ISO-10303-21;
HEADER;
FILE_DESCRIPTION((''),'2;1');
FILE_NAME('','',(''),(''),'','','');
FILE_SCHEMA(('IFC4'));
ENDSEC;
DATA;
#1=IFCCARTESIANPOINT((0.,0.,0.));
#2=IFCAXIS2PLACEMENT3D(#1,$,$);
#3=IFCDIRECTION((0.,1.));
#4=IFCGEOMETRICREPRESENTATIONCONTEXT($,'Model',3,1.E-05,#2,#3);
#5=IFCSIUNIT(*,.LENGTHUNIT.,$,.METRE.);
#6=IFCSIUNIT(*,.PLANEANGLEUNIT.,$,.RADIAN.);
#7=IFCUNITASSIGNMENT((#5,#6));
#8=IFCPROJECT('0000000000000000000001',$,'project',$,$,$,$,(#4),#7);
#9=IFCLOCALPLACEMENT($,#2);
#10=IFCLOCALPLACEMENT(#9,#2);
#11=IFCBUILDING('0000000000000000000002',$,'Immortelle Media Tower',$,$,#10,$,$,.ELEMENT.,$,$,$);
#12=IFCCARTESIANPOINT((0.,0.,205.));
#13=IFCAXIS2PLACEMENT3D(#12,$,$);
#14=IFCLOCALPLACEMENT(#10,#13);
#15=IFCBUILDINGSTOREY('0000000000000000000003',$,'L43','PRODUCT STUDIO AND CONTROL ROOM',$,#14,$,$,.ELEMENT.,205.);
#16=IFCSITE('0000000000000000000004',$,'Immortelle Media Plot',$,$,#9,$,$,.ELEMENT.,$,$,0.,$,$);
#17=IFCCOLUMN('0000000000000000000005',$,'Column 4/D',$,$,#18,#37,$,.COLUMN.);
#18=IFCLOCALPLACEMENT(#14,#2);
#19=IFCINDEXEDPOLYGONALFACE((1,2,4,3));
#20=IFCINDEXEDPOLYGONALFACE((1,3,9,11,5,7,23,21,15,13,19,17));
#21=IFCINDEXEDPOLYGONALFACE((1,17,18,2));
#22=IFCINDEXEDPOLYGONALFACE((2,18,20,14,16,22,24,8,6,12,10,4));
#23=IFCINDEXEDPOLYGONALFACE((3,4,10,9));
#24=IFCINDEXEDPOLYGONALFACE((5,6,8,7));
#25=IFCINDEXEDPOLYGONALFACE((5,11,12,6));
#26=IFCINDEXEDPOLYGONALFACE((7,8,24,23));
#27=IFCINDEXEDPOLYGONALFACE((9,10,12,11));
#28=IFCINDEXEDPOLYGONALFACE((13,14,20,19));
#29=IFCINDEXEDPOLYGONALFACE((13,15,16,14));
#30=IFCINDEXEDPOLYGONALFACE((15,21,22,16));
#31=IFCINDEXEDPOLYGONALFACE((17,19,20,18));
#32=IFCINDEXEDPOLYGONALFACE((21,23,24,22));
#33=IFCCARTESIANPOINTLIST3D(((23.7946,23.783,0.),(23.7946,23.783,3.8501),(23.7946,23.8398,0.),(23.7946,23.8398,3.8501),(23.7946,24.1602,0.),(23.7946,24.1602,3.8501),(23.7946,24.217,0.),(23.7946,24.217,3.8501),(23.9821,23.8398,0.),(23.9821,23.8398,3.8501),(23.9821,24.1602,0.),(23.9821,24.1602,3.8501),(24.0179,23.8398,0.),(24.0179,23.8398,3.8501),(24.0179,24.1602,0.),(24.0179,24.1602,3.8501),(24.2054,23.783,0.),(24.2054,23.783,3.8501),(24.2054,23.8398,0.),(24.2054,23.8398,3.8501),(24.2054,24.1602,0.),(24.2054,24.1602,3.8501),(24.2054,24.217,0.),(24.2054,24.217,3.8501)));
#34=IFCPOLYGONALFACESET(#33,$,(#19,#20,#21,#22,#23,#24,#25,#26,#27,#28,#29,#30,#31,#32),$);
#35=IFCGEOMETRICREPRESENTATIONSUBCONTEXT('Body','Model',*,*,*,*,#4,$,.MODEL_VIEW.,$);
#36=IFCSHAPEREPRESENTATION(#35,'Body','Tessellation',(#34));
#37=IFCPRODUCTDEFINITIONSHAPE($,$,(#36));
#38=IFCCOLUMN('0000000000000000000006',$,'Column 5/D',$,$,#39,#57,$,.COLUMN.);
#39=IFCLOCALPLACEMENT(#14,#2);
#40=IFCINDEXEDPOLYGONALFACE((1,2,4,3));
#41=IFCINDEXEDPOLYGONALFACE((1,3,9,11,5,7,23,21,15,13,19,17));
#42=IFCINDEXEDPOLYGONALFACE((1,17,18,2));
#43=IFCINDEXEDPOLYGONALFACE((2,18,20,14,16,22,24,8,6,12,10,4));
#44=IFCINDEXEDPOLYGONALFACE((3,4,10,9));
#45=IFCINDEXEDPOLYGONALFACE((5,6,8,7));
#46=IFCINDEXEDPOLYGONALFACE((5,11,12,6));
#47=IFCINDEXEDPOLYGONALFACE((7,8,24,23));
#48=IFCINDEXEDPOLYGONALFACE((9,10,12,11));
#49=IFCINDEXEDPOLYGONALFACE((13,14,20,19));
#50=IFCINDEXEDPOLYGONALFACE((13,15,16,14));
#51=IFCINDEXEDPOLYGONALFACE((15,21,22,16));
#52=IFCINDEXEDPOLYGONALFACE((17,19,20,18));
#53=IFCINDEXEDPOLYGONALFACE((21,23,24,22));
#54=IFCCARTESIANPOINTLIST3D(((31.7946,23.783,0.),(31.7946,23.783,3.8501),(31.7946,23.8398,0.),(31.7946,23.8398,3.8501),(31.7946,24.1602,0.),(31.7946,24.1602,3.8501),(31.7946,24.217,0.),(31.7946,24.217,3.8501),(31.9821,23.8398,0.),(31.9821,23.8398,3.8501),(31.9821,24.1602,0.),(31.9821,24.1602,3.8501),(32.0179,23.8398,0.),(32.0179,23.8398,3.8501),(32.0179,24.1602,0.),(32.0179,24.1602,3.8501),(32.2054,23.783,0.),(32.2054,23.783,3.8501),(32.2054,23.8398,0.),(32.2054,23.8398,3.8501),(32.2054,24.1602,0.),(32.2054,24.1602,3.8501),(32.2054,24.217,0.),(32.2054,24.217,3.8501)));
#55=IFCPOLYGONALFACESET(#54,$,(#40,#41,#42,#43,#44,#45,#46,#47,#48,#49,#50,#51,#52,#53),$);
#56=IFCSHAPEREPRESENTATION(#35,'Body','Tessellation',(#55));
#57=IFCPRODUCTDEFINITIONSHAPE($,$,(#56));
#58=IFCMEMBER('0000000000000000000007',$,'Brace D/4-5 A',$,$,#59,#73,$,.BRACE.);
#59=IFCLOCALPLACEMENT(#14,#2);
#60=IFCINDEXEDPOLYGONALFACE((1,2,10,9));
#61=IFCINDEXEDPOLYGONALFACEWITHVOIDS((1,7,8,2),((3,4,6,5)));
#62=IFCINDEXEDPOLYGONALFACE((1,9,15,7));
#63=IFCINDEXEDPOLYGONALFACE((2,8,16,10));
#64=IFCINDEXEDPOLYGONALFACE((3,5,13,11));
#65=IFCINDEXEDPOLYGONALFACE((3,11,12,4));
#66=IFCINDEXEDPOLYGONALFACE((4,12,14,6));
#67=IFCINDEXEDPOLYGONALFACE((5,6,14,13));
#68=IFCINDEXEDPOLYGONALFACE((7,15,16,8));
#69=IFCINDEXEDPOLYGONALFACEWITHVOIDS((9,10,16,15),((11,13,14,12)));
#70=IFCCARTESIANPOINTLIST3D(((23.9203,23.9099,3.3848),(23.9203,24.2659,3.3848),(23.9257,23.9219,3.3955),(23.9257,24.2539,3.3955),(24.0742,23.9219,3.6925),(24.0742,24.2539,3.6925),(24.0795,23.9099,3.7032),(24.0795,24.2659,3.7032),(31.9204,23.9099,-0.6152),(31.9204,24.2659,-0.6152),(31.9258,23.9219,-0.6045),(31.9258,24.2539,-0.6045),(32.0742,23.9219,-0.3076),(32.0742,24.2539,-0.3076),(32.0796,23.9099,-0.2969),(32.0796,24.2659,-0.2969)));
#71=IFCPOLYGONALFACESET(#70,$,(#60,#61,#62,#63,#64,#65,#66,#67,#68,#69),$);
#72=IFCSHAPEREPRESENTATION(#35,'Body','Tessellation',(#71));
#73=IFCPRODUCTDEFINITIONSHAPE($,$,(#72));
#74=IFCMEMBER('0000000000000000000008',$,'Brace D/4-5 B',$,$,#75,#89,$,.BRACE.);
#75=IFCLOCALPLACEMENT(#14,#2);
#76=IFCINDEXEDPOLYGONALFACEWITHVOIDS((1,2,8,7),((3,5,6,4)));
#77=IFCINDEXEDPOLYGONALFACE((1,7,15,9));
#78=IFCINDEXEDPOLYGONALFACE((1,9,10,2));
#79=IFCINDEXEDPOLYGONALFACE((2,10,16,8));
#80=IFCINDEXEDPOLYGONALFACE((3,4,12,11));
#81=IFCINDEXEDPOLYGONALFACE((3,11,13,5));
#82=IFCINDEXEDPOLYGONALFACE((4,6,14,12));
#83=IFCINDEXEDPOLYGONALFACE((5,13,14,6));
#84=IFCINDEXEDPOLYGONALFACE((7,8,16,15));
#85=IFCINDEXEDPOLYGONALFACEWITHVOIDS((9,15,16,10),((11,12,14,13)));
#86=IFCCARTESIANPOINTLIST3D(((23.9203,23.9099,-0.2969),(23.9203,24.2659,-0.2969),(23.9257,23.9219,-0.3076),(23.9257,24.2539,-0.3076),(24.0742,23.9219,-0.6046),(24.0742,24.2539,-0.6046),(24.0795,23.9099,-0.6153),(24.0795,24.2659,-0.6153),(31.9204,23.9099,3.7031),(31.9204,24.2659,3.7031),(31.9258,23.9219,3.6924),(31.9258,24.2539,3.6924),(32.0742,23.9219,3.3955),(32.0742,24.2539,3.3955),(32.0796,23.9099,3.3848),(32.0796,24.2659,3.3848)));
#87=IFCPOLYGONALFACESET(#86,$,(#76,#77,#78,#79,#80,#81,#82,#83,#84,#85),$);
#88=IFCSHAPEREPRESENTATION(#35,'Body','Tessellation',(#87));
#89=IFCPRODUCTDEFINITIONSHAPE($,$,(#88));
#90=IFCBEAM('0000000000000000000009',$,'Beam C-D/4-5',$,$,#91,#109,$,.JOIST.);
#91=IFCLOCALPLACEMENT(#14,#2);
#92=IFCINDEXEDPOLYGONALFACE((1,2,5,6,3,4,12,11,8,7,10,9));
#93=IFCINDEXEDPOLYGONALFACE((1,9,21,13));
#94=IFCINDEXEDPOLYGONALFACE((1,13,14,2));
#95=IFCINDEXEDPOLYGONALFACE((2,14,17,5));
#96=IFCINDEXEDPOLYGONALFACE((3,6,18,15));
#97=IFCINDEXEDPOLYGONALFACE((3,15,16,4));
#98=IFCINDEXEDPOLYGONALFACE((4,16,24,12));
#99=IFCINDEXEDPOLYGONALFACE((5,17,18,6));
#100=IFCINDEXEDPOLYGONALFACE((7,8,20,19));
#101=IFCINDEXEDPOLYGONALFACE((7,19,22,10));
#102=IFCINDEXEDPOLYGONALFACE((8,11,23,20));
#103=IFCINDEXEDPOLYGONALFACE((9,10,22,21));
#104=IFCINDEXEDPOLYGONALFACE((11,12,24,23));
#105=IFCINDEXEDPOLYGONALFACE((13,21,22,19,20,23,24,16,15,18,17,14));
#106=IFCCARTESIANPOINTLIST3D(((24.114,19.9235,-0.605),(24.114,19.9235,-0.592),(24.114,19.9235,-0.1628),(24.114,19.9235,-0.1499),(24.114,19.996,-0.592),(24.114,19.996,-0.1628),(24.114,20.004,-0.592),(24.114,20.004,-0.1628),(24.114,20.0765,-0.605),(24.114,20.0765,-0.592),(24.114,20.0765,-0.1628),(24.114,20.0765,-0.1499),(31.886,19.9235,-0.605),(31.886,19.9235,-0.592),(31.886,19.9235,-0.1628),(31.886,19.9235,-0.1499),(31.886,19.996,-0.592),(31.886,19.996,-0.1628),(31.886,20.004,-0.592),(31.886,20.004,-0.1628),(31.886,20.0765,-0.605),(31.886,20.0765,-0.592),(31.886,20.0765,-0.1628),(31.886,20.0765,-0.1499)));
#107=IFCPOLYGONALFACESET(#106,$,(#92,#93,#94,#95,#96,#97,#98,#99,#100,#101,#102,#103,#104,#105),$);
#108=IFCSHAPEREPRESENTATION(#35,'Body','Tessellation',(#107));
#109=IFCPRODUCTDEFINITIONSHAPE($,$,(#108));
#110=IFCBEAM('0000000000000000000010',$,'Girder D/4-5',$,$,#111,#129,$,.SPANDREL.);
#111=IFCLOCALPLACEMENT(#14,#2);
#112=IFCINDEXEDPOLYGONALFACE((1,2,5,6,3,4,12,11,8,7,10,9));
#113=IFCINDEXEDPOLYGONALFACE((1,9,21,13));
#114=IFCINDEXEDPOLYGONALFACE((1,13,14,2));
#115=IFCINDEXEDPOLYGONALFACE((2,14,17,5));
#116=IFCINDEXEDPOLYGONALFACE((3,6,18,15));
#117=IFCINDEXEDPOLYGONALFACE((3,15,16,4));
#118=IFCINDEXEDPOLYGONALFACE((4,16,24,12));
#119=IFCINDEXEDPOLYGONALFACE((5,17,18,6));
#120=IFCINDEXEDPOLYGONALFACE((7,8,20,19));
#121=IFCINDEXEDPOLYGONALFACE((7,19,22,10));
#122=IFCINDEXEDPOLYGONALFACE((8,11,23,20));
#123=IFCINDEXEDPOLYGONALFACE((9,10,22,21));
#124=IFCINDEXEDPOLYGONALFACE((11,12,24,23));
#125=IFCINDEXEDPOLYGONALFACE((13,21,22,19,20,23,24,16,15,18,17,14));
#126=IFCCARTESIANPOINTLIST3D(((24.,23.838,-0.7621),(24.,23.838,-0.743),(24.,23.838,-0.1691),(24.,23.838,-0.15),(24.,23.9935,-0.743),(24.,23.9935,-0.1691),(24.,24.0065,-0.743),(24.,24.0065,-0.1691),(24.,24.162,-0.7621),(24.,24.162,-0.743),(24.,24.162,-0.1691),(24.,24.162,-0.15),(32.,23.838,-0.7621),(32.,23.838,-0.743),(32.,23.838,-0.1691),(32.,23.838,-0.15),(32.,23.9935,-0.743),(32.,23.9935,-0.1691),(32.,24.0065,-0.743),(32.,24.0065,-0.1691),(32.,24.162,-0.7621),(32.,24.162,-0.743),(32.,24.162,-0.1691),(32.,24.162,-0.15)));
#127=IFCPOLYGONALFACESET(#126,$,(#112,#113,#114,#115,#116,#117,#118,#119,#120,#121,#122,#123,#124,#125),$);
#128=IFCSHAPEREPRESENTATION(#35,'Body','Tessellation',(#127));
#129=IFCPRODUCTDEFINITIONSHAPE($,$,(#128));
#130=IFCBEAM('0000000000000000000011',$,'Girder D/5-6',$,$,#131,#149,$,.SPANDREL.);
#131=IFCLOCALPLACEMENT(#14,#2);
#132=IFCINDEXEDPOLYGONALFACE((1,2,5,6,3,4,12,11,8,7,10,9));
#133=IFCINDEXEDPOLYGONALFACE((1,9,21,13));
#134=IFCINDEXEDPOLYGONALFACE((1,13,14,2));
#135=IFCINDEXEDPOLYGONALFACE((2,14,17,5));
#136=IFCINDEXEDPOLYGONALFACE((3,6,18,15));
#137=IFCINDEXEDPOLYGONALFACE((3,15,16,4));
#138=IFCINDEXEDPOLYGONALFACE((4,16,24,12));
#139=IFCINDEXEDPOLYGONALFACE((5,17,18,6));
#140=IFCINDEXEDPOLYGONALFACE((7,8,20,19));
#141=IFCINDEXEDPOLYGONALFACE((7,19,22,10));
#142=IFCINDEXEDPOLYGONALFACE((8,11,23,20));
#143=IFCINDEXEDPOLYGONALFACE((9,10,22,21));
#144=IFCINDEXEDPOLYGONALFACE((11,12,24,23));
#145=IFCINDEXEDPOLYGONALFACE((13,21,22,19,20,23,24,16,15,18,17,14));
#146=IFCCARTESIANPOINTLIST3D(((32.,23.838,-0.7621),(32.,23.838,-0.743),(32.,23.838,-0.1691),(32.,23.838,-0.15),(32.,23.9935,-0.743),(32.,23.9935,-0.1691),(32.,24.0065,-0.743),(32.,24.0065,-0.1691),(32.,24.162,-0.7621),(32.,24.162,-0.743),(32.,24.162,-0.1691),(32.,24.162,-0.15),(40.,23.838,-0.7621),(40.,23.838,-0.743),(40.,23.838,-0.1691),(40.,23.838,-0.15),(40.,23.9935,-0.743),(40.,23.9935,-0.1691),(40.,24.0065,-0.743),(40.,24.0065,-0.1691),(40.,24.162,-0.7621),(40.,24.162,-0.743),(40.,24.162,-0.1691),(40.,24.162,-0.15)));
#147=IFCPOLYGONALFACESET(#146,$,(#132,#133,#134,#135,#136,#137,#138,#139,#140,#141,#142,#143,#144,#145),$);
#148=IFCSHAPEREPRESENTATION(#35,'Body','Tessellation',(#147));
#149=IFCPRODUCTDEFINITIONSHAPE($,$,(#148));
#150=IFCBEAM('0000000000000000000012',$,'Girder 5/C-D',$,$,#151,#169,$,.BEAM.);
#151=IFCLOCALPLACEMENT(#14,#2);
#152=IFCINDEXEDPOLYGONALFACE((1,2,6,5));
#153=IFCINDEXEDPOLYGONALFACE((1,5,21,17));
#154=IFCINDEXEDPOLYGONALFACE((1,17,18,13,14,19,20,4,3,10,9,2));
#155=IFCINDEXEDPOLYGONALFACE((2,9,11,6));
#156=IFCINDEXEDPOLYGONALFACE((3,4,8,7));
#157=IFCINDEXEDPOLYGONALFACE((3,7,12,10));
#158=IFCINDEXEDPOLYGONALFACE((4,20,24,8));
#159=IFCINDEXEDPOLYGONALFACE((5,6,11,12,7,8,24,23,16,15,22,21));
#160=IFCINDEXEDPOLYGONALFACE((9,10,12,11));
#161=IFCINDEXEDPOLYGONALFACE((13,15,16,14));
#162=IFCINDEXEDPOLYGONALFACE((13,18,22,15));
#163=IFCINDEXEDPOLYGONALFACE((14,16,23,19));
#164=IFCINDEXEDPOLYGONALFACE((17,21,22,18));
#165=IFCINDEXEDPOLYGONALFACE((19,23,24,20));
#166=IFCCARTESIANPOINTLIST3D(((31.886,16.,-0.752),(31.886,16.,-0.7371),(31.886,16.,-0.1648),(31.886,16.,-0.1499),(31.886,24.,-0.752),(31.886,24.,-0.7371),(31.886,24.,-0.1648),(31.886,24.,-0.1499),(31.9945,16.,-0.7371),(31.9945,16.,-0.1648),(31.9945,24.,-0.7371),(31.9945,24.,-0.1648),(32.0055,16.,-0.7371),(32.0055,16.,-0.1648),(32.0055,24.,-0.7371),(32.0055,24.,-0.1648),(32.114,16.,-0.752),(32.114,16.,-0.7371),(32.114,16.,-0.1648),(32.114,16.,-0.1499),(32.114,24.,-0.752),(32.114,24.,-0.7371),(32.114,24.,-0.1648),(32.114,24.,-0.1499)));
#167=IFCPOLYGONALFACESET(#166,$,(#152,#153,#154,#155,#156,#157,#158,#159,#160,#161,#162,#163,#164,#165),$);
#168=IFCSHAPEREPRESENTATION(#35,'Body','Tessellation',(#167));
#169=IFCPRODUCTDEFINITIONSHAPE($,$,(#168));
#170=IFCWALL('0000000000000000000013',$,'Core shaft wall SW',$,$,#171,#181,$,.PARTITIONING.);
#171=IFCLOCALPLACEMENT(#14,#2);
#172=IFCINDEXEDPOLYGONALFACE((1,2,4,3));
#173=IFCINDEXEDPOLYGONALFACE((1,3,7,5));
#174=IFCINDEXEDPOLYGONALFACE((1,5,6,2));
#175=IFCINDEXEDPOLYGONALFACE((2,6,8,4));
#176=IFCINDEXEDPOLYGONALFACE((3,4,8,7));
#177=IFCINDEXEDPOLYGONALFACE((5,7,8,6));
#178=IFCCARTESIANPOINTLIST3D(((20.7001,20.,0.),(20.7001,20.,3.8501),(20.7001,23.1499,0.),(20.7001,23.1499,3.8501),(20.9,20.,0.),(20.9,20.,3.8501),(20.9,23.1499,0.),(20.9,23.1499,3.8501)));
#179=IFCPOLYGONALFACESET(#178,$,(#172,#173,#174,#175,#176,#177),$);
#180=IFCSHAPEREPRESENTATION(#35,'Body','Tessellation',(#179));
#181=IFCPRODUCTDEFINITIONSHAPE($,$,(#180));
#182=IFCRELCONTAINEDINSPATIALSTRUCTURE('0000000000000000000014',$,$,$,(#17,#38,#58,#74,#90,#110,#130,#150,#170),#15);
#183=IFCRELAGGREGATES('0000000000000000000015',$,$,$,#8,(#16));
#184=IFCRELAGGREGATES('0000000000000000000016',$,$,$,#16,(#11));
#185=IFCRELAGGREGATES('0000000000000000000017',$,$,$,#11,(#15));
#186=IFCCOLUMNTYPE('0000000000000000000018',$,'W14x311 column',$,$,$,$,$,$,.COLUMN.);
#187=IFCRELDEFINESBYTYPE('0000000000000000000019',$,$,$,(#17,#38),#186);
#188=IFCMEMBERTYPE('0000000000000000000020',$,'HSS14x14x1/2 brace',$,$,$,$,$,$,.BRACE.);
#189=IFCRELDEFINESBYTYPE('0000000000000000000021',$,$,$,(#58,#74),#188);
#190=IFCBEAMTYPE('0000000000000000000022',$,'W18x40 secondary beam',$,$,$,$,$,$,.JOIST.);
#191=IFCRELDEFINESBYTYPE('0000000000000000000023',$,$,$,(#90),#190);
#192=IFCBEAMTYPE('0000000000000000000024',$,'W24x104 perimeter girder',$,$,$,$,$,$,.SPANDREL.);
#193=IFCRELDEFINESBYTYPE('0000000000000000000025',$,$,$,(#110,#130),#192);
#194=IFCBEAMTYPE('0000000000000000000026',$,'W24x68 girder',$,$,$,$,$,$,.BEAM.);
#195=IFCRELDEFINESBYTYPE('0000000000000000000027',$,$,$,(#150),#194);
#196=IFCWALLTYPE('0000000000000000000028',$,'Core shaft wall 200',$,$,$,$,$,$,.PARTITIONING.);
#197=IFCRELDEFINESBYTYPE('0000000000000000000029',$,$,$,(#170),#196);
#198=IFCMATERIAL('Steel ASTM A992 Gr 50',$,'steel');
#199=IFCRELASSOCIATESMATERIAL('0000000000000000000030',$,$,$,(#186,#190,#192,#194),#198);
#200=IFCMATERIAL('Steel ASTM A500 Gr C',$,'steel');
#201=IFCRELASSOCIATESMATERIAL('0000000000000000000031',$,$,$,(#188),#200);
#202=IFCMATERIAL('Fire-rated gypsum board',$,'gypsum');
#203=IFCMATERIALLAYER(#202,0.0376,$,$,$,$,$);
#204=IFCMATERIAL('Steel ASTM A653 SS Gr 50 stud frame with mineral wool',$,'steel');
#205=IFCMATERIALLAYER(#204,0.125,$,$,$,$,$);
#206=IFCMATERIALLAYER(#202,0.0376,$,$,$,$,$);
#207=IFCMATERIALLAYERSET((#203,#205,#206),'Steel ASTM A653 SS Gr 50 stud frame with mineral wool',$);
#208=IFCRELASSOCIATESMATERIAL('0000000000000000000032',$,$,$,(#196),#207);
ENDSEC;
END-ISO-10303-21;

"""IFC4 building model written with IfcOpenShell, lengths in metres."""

from ifc_helpers import new_model, si_unit, direction, frame, frame_2d, origin, origin_2d, place, context, subcontext, project, spatial, rectangle, hollow_rectangle, i_section, extrude, material, layer, layer_set, material_profile, profile_set, type_object, element, save


model = new_model("IFC4")

# Units and contexts
model_context = context("Model", 3, precision=1e-05, world=origin(), true_north=direction((0.0, 1.0)))
body_context = subcontext(model_context, "Body", "Model", "MODEL_VIEW")
ifc_project = project(units=[si_unit("LENGTHUNIT", "METRE"), si_unit("PLANEANGLEUNIT", "RADIAN")], contexts=[model_context])

# Site, building, storey
site_placement = place(None, origin())
site = spatial("IfcSite", under=ifc_project, at=site_placement, Name="Immortelle Media Plot", CompositionType="ELEMENT", RefElevation=0.0)
building_placement = place(site_placement, origin())
building = spatial("IfcBuilding", under=site, at=building_placement, Name="Immortelle Media Tower", CompositionType="ELEMENT")
storey_placement = place(building_placement, frame((0.0, 0.0, 205.0)))
storey = spatial("IfcBuildingStorey", under=building, at=storey_placement, Name="L43", Description="PRODUCT STUDIO AND CONTROL ROOM", CompositionType="ELEMENT", Elevation=205.0)

# Columns
ifc_material_1 = material(Name="Steel ASTM A992 Gr 50", Category="steel")
ifc_material_profile_1 = material_profile(ifc_material_1, i_section(OverallWidth=0.4109, OverallDepth=0.4341, WebThickness=0.0359, FlangeThickness=0.0569, at=origin_2d()), Name="W14x311")
ifc_profile_set_1 = profile_set([ifc_material_profile_1], Name="Steel ASTM A992 Gr 50")
column_type = type_object("IfcColumnType", Name="W14x311 column", PredefinedType="COLUMN", material=ifc_profile_set_1)
for number, where, z_axis, x_axis, name in (
    (1, (24.0, 24.0, 0.0), (0.0, 0.0, 1.0), (1.0, 0.0, 0.0), "Column 4/D"),
    (2, (32.0, 24.0, 0.0), (0.0, 0.0, 1.0), (1.0, 0.0, 0.0), "Column 5/D"),
):
    element("IfcColumn", number, at=place(storey_placement, frame(where, z_axis=z_axis, x_axis=x_axis)), inside=storey, type_object=column_type, Name=name, PredefinedType="COLUMN", context=body_context, shape_type="SweptSolid", body=[
        extrude(i_section(OverallWidth=0.4109, OverallDepth=0.4341, WebThickness=0.0359, FlangeThickness=0.0569, at=origin_2d()), origin(), (0.0, 0.0, 1.0), 3.8501),
    ])

# Members
ifc_material_2 = material(Name="Steel ASTM A500 Gr C", Category="steel")
ifc_material_profile_2 = material_profile(ifc_material_2, hollow_rectangle(XDim=0.356, YDim=0.356, WallThickness=0.012, at=origin_2d()), Name="HSS14x14x1/2 brace")
ifc_profile_set_2 = profile_set([ifc_material_profile_2], Name="Steel ASTM A500 Gr C")
member_type = type_object("IfcMemberType", Name="HSS14x14x1/2 brace", PredefinedType="BRACE", material=ifc_profile_set_2)
for number, where, z_axis, x_axis, name in (
    (3, (32.0, 24.0879, -0.4561), (-0.894427, 0.0, 0.447214), (0.0, -1.0, 0.0), "Brace D/4-5 A"),
    (4, (32.0, 24.0879, 3.5439), (-0.894427, 0.0, -0.447214), (0.0, -1.0, 0.0), "Brace D/4-5 B"),
):
    element("IfcMember", number, at=place(storey_placement, frame(where, z_axis=z_axis, x_axis=x_axis)), inside=storey, type_object=member_type, Name=name, PredefinedType="BRACE", context=body_context, shape_type="SweptSolid", body=[
        extrude(hollow_rectangle(XDim=0.356, YDim=0.356, WallThickness=0.012, at=origin_2d()), origin(), (0.0, 0.0, 1.0), 8.9443),
    ])

# Beams
ifc_material_profile_3 = material_profile(ifc_material_1, i_section(OverallWidth=0.1531, OverallDepth=0.4551, WebThickness=0.0081, FlangeThickness=0.0129, at=origin_2d()), Name="W18x40")
ifc_profile_set_3 = profile_set([ifc_material_profile_3], Name="Steel ASTM A992 Gr 50")
beam_type_1 = type_object("IfcBeamType", Name="W18x40 secondary beam", PredefinedType="JOIST", material=ifc_profile_set_3)
beam_1_placement = place(storey_placement, frame((24.114, 20.0, -0.3774), z_axis=(1.0, 0.0, 0.0), x_axis=(0.0, 1.0, 0.0)))
element("IfcBeam", 5, at=beam_1_placement, inside=storey, type_object=beam_type_1, Name="Beam C-D/4-5", PredefinedType="JOIST", context=body_context, shape_type="SweptSolid", body=[
    extrude(i_section(OverallWidth=0.1531, OverallDepth=0.4551, WebThickness=0.0081, FlangeThickness=0.0129, at=origin_2d()), origin(), (0.0, 0.0, 1.0), 7.772),
])
ifc_material_profile_4 = material_profile(ifc_material_1, i_section(OverallWidth=0.324, OverallDepth=0.6121, WebThickness=0.0129, FlangeThickness=0.019, at=origin_2d()), Name="W24x104")
ifc_profile_set_4 = profile_set([ifc_material_profile_4], Name="Steel ASTM A992 Gr 50")
beam_type_2 = type_object("IfcBeamType", Name="W24x104 perimeter girder", PredefinedType="SPANDREL", material=ifc_profile_set_4)
for number, where, z_axis, x_axis, name in (
    (6, (24.0, 24.0, -0.4561), (1.0, 0.0, 0.0), (0.0, 1.0, 0.0), "Girder D/4-5"),
    (7, (32.0, 24.0, -0.4561), (1.0, 0.0, 0.0), (0.0, 1.0, 0.0), "Girder D/5-6"),
):
    element("IfcBeam", number, at=place(storey_placement, frame(where, z_axis=z_axis, x_axis=x_axis)), inside=storey, type_object=beam_type_2, Name=name, PredefinedType="SPANDREL", context=body_context, shape_type="SweptSolid", body=[
        extrude(i_section(OverallWidth=0.324, OverallDepth=0.6121, WebThickness=0.0129, FlangeThickness=0.019, at=origin_2d()), origin(), (0.0, 0.0, 1.0), 8.0),
    ])
ifc_material_profile_5 = material_profile(ifc_material_1, i_section(OverallWidth=0.228, OverallDepth=0.6021, WebThickness=0.011, FlangeThickness=0.0149, at=origin_2d()), Name="W24x68")
ifc_profile_set_5 = profile_set([ifc_material_profile_5], Name="Steel ASTM A992 Gr 50")
beam_type_3 = type_object("IfcBeamType", Name="W24x68 girder", PredefinedType="BEAM", material=ifc_profile_set_5)
beam_2_placement = place(storey_placement, frame((32.0, 16.0, -0.4509), z_axis=(0.0, 1.0, 0.0), x_axis=(-1.0, 0.0, 0.0)))
element("IfcBeam", 8, at=beam_2_placement, inside=storey, type_object=beam_type_3, Name="Girder 5/C-D", PredefinedType="BEAM", context=body_context, shape_type="SweptSolid", body=[
    extrude(i_section(OverallWidth=0.228, OverallDepth=0.6021, WebThickness=0.011, FlangeThickness=0.0149, at=origin_2d()), origin(), (0.0, 0.0, 1.0), 8.0),
])

# Wall
ifc_material_3 = material(Name="Fire-rated gypsum board", Category="gypsum")
ifc_layer_1 = layer(ifc_material_3, 0.0376)
ifc_material_4 = material(Name="Steel ASTM A653 SS Gr 50 stud frame with mineral wool", Category="steel")
ifc_layer_2 = layer(ifc_material_4, 0.125)
ifc_layer_3 = layer(ifc_material_3, 0.0376)
ifc_layer_set_1 = layer_set([ifc_layer_1, ifc_layer_2, ifc_layer_3], Name="Steel ASTM A653 SS Gr 50 stud frame with mineral wool")
wall_type_1 = type_object("IfcWallType", Name="Core shaft wall 200", PredefinedType="PARTITIONING", material=ifc_layer_set_1)
wall_1_placement = place(storey_placement, frame((20.8, 20.0, 0.0), z_axis=(0.0, 0.0, 1.0), x_axis=(0.0, 1.0, 0.0)))
element("IfcWall", 9, at=wall_1_placement, inside=storey, type_object=wall_type_1, Name="Core shaft wall SW", PredefinedType="PARTITIONING", context=body_context, shape_type="SweptSolid", body=[
    extrude(rectangle(XDim=3.1499, YDim=0.2, at=frame_2d((1.575, 0.0))), origin(), (0.0, 0.0, 1.0), 3.8501),
])

save(model, "model.ifc")
